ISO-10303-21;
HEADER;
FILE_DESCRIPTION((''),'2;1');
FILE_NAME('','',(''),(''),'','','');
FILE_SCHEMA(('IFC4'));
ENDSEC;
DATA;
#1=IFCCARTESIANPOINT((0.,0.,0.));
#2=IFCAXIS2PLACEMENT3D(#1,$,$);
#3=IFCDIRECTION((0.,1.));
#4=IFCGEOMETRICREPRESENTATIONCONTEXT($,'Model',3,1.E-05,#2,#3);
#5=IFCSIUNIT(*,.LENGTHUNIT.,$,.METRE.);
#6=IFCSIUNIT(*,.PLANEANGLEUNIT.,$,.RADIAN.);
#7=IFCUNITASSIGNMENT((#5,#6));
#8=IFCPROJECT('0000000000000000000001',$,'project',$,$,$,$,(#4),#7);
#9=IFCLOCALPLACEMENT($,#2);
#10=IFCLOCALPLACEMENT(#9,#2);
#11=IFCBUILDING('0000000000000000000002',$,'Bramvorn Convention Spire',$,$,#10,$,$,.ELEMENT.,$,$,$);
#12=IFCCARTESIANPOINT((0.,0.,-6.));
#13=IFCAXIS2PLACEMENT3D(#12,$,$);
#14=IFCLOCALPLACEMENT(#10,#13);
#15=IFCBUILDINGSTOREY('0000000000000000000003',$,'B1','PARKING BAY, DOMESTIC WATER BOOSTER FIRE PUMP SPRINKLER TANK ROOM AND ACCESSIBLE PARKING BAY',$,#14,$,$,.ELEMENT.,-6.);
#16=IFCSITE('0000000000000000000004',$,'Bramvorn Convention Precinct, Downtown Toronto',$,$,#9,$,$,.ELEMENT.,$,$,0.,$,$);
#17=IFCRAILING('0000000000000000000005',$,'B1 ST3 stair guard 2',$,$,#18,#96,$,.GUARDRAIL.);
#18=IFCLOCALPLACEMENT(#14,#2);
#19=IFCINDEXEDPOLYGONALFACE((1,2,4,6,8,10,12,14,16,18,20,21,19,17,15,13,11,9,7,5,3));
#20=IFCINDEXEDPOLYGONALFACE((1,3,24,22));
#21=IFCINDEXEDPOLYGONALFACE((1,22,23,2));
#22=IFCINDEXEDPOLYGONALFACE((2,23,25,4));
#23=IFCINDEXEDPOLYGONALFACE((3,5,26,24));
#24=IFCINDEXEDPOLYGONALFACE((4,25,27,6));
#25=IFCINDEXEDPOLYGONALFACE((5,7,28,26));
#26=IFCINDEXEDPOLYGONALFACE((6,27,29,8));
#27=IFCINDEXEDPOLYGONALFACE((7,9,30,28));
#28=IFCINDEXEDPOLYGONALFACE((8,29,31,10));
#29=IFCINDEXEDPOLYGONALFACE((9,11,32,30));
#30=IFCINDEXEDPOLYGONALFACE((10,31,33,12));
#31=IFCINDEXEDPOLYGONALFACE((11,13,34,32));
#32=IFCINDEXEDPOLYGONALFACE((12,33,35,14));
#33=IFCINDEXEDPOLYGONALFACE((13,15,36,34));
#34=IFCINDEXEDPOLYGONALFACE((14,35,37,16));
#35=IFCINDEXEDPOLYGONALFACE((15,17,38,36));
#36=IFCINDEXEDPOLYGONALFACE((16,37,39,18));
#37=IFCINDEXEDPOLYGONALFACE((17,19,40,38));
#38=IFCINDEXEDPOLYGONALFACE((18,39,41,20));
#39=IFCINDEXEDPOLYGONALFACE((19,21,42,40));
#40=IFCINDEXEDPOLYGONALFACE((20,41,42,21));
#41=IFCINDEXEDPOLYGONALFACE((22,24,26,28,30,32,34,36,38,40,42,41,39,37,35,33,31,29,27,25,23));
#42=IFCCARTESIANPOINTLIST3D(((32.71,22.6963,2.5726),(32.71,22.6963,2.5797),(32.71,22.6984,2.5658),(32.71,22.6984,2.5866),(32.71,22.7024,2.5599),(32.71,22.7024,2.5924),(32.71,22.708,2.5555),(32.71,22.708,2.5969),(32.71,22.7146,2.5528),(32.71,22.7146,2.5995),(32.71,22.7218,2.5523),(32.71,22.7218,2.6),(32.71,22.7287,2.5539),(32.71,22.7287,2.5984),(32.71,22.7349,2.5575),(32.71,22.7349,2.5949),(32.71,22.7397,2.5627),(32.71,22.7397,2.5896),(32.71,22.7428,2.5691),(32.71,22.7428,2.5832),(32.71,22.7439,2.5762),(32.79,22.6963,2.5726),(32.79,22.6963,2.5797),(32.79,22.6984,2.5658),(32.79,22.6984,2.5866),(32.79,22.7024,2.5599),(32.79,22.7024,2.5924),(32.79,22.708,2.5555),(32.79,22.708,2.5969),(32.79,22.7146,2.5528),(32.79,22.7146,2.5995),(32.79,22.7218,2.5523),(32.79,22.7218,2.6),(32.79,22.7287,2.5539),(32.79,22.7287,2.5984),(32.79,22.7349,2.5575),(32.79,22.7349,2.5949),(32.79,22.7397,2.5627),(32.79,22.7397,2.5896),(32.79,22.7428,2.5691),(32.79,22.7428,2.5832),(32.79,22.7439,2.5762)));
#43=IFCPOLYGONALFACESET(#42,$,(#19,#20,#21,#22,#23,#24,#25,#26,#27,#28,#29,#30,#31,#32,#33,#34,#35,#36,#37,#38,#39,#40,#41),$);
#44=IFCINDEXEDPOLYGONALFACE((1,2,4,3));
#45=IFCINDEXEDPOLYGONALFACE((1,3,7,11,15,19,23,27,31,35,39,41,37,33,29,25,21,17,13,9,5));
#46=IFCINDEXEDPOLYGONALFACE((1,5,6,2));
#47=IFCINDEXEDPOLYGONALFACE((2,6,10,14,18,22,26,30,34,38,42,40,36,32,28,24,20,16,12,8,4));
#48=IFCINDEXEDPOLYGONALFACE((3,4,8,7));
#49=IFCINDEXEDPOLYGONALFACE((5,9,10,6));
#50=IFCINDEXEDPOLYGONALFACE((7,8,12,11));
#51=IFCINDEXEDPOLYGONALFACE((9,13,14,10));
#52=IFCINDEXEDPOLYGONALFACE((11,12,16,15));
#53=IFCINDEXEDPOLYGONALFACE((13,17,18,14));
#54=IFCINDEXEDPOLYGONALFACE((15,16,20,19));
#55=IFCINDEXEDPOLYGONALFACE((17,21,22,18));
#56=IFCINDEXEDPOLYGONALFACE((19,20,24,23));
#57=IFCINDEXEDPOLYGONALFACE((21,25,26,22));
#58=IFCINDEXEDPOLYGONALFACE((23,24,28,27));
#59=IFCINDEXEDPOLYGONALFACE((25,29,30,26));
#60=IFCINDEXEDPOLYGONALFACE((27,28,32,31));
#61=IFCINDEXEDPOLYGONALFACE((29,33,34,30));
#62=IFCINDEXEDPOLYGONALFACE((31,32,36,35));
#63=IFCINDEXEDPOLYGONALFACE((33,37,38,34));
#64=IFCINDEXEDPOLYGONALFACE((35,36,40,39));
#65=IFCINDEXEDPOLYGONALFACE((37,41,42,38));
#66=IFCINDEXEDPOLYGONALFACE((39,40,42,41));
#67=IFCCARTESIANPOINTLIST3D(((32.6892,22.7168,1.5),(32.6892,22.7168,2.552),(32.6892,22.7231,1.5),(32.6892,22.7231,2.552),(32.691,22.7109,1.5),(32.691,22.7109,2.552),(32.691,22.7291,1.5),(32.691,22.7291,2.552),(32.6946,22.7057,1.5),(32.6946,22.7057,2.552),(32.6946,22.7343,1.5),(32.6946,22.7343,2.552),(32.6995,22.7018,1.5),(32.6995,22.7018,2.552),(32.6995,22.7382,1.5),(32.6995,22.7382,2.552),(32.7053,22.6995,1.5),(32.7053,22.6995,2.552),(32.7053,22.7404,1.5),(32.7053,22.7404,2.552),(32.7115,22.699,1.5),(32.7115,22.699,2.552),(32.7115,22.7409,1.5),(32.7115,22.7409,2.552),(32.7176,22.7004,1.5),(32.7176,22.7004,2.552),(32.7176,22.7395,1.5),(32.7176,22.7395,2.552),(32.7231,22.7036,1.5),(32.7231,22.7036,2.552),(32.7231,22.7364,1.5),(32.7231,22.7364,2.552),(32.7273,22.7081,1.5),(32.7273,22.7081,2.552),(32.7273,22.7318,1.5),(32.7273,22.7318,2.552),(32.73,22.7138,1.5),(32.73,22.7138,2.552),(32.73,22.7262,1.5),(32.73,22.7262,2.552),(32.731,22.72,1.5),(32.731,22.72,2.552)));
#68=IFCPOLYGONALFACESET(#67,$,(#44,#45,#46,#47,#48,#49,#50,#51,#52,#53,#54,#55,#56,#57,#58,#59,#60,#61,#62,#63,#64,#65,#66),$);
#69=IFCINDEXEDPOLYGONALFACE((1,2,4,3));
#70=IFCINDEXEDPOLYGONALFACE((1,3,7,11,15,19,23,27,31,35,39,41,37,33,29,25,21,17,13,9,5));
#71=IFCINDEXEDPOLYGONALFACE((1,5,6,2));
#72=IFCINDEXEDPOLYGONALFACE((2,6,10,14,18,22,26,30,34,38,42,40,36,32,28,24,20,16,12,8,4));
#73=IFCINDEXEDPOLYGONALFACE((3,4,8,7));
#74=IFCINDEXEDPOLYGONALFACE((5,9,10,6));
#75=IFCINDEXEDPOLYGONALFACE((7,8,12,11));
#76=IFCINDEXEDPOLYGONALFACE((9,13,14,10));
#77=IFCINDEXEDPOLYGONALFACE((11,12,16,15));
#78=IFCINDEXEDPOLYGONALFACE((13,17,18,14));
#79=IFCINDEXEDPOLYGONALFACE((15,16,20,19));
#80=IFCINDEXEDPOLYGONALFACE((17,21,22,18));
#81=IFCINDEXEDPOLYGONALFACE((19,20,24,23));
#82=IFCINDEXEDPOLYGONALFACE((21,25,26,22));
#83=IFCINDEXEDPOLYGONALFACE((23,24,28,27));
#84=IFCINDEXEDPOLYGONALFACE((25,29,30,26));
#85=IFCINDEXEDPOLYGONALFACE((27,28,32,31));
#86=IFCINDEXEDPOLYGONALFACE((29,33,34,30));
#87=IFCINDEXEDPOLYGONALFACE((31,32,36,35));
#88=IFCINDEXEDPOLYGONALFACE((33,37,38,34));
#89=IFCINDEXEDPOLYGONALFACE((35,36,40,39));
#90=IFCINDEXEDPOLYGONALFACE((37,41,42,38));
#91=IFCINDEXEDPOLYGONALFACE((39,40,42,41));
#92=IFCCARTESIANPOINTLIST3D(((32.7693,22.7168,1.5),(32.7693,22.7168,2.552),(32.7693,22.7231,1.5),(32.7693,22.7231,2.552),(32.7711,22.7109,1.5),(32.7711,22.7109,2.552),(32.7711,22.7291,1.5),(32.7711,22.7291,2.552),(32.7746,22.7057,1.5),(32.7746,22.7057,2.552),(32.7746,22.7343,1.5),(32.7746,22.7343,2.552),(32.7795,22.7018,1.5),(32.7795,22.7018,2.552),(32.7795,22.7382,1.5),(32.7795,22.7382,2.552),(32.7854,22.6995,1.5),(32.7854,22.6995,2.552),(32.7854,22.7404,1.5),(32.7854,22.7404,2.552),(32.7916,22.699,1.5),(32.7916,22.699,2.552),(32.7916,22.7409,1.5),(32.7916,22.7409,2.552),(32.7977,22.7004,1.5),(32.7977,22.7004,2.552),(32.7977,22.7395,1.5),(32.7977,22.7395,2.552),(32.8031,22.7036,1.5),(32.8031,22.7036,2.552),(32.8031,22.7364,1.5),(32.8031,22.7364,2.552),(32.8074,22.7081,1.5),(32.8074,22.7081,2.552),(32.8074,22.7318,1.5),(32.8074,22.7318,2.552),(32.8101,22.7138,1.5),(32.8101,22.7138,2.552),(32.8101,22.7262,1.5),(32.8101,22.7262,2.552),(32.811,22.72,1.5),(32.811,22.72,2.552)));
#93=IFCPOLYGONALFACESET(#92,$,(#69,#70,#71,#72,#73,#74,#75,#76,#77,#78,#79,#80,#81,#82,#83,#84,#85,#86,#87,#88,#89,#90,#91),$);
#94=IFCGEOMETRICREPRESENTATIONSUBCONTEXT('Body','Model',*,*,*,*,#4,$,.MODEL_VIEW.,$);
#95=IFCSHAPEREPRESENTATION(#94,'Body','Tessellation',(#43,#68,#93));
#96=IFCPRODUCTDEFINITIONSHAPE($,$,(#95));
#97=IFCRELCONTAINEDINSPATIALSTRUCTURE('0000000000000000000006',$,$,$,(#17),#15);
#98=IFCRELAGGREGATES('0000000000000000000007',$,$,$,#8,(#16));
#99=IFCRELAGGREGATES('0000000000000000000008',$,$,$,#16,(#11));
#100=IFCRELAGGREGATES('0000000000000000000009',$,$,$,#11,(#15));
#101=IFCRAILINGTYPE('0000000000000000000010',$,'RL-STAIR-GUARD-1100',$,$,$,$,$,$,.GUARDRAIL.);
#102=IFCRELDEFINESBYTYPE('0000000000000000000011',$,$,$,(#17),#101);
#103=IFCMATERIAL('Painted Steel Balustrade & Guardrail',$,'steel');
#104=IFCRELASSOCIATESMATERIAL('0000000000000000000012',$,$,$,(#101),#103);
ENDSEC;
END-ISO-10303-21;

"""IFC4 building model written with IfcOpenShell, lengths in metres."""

from ifc_helpers import new_model, si_unit, direction, frame, origin, origin_2d, place, context, subcontext, project, spatial, circle, extrude, material, type_object, element, save


model = new_model("IFC4")

# Units and contexts
model_context = context("Model", 3, precision=1e-05, world=origin(), true_north=direction((0.0, 1.0)))
body_context = subcontext(model_context, "Body", "Model", "MODEL_VIEW")
ifc_project = project(units=[si_unit("LENGTHUNIT", "METRE"), si_unit("PLANEANGLEUNIT", "RADIAN")], contexts=[model_context])

# Site, building, storey
site_placement = place(None, origin())
site = spatial("IfcSite", under=ifc_project, at=site_placement, Name="Bramvorn Convention Precinct, Downtown Toronto", CompositionType="ELEMENT", RefElevation=0.0)
building_placement = place(site_placement, origin())
building = spatial("IfcBuilding", under=site, at=building_placement, Name="Bramvorn Convention Spire", CompositionType="ELEMENT")
storey_placement = place(building_placement, frame((0.0, 0.0, -6.0)))
storey = spatial("IfcBuildingStorey", under=building, at=storey_placement, Name="B1", Description="PARKING BAY, DOMESTIC WATER BOOSTER FIRE PUMP SPRINKLER TANK ROOM AND ACCESSIBLE PARKING BAY", CompositionType="ELEMENT", Elevation=-6.0)

# Railing
ifc_material_1 = material(Name="Painted Steel Balustrade & Guardrail", Category="steel")
railing_type_1 = type_object("IfcRailingType", Name="RL-STAIR-GUARD-1100", PredefinedType="GUARDRAIL", material=ifc_material_1)
railing_1_placement = place(storey_placement, frame((32.71, 22.72, 1.5)))
element("IfcRailing", 1, at=railing_1_placement, inside=storey, type_object=railing_type_1, Name="B1 ST3 stair guard 2", PredefinedType="GUARDRAIL", context=body_context, shape_type="SweptSolid", body=[
    extrude(circle(Radius=0.0239, at=origin_2d()), frame((0.0, 0.0, 1.0762), z_axis=(1.0, 0.0, 0.0), x_axis=(0.0, 1.0, 0.0)), (0.0, 0.0, 1.0), 0.0801),
    extrude(circle(Radius=0.021, at=origin_2d()), origin(), (0.0, 0.0, 1.0), 1.052),
    extrude(circle(Radius=0.021, at=origin_2d()), frame((0.0801, 0.0, 0.0)), (0.0, 0.0, 1.0), 1.052),
])

save(model, "model.ifc")
